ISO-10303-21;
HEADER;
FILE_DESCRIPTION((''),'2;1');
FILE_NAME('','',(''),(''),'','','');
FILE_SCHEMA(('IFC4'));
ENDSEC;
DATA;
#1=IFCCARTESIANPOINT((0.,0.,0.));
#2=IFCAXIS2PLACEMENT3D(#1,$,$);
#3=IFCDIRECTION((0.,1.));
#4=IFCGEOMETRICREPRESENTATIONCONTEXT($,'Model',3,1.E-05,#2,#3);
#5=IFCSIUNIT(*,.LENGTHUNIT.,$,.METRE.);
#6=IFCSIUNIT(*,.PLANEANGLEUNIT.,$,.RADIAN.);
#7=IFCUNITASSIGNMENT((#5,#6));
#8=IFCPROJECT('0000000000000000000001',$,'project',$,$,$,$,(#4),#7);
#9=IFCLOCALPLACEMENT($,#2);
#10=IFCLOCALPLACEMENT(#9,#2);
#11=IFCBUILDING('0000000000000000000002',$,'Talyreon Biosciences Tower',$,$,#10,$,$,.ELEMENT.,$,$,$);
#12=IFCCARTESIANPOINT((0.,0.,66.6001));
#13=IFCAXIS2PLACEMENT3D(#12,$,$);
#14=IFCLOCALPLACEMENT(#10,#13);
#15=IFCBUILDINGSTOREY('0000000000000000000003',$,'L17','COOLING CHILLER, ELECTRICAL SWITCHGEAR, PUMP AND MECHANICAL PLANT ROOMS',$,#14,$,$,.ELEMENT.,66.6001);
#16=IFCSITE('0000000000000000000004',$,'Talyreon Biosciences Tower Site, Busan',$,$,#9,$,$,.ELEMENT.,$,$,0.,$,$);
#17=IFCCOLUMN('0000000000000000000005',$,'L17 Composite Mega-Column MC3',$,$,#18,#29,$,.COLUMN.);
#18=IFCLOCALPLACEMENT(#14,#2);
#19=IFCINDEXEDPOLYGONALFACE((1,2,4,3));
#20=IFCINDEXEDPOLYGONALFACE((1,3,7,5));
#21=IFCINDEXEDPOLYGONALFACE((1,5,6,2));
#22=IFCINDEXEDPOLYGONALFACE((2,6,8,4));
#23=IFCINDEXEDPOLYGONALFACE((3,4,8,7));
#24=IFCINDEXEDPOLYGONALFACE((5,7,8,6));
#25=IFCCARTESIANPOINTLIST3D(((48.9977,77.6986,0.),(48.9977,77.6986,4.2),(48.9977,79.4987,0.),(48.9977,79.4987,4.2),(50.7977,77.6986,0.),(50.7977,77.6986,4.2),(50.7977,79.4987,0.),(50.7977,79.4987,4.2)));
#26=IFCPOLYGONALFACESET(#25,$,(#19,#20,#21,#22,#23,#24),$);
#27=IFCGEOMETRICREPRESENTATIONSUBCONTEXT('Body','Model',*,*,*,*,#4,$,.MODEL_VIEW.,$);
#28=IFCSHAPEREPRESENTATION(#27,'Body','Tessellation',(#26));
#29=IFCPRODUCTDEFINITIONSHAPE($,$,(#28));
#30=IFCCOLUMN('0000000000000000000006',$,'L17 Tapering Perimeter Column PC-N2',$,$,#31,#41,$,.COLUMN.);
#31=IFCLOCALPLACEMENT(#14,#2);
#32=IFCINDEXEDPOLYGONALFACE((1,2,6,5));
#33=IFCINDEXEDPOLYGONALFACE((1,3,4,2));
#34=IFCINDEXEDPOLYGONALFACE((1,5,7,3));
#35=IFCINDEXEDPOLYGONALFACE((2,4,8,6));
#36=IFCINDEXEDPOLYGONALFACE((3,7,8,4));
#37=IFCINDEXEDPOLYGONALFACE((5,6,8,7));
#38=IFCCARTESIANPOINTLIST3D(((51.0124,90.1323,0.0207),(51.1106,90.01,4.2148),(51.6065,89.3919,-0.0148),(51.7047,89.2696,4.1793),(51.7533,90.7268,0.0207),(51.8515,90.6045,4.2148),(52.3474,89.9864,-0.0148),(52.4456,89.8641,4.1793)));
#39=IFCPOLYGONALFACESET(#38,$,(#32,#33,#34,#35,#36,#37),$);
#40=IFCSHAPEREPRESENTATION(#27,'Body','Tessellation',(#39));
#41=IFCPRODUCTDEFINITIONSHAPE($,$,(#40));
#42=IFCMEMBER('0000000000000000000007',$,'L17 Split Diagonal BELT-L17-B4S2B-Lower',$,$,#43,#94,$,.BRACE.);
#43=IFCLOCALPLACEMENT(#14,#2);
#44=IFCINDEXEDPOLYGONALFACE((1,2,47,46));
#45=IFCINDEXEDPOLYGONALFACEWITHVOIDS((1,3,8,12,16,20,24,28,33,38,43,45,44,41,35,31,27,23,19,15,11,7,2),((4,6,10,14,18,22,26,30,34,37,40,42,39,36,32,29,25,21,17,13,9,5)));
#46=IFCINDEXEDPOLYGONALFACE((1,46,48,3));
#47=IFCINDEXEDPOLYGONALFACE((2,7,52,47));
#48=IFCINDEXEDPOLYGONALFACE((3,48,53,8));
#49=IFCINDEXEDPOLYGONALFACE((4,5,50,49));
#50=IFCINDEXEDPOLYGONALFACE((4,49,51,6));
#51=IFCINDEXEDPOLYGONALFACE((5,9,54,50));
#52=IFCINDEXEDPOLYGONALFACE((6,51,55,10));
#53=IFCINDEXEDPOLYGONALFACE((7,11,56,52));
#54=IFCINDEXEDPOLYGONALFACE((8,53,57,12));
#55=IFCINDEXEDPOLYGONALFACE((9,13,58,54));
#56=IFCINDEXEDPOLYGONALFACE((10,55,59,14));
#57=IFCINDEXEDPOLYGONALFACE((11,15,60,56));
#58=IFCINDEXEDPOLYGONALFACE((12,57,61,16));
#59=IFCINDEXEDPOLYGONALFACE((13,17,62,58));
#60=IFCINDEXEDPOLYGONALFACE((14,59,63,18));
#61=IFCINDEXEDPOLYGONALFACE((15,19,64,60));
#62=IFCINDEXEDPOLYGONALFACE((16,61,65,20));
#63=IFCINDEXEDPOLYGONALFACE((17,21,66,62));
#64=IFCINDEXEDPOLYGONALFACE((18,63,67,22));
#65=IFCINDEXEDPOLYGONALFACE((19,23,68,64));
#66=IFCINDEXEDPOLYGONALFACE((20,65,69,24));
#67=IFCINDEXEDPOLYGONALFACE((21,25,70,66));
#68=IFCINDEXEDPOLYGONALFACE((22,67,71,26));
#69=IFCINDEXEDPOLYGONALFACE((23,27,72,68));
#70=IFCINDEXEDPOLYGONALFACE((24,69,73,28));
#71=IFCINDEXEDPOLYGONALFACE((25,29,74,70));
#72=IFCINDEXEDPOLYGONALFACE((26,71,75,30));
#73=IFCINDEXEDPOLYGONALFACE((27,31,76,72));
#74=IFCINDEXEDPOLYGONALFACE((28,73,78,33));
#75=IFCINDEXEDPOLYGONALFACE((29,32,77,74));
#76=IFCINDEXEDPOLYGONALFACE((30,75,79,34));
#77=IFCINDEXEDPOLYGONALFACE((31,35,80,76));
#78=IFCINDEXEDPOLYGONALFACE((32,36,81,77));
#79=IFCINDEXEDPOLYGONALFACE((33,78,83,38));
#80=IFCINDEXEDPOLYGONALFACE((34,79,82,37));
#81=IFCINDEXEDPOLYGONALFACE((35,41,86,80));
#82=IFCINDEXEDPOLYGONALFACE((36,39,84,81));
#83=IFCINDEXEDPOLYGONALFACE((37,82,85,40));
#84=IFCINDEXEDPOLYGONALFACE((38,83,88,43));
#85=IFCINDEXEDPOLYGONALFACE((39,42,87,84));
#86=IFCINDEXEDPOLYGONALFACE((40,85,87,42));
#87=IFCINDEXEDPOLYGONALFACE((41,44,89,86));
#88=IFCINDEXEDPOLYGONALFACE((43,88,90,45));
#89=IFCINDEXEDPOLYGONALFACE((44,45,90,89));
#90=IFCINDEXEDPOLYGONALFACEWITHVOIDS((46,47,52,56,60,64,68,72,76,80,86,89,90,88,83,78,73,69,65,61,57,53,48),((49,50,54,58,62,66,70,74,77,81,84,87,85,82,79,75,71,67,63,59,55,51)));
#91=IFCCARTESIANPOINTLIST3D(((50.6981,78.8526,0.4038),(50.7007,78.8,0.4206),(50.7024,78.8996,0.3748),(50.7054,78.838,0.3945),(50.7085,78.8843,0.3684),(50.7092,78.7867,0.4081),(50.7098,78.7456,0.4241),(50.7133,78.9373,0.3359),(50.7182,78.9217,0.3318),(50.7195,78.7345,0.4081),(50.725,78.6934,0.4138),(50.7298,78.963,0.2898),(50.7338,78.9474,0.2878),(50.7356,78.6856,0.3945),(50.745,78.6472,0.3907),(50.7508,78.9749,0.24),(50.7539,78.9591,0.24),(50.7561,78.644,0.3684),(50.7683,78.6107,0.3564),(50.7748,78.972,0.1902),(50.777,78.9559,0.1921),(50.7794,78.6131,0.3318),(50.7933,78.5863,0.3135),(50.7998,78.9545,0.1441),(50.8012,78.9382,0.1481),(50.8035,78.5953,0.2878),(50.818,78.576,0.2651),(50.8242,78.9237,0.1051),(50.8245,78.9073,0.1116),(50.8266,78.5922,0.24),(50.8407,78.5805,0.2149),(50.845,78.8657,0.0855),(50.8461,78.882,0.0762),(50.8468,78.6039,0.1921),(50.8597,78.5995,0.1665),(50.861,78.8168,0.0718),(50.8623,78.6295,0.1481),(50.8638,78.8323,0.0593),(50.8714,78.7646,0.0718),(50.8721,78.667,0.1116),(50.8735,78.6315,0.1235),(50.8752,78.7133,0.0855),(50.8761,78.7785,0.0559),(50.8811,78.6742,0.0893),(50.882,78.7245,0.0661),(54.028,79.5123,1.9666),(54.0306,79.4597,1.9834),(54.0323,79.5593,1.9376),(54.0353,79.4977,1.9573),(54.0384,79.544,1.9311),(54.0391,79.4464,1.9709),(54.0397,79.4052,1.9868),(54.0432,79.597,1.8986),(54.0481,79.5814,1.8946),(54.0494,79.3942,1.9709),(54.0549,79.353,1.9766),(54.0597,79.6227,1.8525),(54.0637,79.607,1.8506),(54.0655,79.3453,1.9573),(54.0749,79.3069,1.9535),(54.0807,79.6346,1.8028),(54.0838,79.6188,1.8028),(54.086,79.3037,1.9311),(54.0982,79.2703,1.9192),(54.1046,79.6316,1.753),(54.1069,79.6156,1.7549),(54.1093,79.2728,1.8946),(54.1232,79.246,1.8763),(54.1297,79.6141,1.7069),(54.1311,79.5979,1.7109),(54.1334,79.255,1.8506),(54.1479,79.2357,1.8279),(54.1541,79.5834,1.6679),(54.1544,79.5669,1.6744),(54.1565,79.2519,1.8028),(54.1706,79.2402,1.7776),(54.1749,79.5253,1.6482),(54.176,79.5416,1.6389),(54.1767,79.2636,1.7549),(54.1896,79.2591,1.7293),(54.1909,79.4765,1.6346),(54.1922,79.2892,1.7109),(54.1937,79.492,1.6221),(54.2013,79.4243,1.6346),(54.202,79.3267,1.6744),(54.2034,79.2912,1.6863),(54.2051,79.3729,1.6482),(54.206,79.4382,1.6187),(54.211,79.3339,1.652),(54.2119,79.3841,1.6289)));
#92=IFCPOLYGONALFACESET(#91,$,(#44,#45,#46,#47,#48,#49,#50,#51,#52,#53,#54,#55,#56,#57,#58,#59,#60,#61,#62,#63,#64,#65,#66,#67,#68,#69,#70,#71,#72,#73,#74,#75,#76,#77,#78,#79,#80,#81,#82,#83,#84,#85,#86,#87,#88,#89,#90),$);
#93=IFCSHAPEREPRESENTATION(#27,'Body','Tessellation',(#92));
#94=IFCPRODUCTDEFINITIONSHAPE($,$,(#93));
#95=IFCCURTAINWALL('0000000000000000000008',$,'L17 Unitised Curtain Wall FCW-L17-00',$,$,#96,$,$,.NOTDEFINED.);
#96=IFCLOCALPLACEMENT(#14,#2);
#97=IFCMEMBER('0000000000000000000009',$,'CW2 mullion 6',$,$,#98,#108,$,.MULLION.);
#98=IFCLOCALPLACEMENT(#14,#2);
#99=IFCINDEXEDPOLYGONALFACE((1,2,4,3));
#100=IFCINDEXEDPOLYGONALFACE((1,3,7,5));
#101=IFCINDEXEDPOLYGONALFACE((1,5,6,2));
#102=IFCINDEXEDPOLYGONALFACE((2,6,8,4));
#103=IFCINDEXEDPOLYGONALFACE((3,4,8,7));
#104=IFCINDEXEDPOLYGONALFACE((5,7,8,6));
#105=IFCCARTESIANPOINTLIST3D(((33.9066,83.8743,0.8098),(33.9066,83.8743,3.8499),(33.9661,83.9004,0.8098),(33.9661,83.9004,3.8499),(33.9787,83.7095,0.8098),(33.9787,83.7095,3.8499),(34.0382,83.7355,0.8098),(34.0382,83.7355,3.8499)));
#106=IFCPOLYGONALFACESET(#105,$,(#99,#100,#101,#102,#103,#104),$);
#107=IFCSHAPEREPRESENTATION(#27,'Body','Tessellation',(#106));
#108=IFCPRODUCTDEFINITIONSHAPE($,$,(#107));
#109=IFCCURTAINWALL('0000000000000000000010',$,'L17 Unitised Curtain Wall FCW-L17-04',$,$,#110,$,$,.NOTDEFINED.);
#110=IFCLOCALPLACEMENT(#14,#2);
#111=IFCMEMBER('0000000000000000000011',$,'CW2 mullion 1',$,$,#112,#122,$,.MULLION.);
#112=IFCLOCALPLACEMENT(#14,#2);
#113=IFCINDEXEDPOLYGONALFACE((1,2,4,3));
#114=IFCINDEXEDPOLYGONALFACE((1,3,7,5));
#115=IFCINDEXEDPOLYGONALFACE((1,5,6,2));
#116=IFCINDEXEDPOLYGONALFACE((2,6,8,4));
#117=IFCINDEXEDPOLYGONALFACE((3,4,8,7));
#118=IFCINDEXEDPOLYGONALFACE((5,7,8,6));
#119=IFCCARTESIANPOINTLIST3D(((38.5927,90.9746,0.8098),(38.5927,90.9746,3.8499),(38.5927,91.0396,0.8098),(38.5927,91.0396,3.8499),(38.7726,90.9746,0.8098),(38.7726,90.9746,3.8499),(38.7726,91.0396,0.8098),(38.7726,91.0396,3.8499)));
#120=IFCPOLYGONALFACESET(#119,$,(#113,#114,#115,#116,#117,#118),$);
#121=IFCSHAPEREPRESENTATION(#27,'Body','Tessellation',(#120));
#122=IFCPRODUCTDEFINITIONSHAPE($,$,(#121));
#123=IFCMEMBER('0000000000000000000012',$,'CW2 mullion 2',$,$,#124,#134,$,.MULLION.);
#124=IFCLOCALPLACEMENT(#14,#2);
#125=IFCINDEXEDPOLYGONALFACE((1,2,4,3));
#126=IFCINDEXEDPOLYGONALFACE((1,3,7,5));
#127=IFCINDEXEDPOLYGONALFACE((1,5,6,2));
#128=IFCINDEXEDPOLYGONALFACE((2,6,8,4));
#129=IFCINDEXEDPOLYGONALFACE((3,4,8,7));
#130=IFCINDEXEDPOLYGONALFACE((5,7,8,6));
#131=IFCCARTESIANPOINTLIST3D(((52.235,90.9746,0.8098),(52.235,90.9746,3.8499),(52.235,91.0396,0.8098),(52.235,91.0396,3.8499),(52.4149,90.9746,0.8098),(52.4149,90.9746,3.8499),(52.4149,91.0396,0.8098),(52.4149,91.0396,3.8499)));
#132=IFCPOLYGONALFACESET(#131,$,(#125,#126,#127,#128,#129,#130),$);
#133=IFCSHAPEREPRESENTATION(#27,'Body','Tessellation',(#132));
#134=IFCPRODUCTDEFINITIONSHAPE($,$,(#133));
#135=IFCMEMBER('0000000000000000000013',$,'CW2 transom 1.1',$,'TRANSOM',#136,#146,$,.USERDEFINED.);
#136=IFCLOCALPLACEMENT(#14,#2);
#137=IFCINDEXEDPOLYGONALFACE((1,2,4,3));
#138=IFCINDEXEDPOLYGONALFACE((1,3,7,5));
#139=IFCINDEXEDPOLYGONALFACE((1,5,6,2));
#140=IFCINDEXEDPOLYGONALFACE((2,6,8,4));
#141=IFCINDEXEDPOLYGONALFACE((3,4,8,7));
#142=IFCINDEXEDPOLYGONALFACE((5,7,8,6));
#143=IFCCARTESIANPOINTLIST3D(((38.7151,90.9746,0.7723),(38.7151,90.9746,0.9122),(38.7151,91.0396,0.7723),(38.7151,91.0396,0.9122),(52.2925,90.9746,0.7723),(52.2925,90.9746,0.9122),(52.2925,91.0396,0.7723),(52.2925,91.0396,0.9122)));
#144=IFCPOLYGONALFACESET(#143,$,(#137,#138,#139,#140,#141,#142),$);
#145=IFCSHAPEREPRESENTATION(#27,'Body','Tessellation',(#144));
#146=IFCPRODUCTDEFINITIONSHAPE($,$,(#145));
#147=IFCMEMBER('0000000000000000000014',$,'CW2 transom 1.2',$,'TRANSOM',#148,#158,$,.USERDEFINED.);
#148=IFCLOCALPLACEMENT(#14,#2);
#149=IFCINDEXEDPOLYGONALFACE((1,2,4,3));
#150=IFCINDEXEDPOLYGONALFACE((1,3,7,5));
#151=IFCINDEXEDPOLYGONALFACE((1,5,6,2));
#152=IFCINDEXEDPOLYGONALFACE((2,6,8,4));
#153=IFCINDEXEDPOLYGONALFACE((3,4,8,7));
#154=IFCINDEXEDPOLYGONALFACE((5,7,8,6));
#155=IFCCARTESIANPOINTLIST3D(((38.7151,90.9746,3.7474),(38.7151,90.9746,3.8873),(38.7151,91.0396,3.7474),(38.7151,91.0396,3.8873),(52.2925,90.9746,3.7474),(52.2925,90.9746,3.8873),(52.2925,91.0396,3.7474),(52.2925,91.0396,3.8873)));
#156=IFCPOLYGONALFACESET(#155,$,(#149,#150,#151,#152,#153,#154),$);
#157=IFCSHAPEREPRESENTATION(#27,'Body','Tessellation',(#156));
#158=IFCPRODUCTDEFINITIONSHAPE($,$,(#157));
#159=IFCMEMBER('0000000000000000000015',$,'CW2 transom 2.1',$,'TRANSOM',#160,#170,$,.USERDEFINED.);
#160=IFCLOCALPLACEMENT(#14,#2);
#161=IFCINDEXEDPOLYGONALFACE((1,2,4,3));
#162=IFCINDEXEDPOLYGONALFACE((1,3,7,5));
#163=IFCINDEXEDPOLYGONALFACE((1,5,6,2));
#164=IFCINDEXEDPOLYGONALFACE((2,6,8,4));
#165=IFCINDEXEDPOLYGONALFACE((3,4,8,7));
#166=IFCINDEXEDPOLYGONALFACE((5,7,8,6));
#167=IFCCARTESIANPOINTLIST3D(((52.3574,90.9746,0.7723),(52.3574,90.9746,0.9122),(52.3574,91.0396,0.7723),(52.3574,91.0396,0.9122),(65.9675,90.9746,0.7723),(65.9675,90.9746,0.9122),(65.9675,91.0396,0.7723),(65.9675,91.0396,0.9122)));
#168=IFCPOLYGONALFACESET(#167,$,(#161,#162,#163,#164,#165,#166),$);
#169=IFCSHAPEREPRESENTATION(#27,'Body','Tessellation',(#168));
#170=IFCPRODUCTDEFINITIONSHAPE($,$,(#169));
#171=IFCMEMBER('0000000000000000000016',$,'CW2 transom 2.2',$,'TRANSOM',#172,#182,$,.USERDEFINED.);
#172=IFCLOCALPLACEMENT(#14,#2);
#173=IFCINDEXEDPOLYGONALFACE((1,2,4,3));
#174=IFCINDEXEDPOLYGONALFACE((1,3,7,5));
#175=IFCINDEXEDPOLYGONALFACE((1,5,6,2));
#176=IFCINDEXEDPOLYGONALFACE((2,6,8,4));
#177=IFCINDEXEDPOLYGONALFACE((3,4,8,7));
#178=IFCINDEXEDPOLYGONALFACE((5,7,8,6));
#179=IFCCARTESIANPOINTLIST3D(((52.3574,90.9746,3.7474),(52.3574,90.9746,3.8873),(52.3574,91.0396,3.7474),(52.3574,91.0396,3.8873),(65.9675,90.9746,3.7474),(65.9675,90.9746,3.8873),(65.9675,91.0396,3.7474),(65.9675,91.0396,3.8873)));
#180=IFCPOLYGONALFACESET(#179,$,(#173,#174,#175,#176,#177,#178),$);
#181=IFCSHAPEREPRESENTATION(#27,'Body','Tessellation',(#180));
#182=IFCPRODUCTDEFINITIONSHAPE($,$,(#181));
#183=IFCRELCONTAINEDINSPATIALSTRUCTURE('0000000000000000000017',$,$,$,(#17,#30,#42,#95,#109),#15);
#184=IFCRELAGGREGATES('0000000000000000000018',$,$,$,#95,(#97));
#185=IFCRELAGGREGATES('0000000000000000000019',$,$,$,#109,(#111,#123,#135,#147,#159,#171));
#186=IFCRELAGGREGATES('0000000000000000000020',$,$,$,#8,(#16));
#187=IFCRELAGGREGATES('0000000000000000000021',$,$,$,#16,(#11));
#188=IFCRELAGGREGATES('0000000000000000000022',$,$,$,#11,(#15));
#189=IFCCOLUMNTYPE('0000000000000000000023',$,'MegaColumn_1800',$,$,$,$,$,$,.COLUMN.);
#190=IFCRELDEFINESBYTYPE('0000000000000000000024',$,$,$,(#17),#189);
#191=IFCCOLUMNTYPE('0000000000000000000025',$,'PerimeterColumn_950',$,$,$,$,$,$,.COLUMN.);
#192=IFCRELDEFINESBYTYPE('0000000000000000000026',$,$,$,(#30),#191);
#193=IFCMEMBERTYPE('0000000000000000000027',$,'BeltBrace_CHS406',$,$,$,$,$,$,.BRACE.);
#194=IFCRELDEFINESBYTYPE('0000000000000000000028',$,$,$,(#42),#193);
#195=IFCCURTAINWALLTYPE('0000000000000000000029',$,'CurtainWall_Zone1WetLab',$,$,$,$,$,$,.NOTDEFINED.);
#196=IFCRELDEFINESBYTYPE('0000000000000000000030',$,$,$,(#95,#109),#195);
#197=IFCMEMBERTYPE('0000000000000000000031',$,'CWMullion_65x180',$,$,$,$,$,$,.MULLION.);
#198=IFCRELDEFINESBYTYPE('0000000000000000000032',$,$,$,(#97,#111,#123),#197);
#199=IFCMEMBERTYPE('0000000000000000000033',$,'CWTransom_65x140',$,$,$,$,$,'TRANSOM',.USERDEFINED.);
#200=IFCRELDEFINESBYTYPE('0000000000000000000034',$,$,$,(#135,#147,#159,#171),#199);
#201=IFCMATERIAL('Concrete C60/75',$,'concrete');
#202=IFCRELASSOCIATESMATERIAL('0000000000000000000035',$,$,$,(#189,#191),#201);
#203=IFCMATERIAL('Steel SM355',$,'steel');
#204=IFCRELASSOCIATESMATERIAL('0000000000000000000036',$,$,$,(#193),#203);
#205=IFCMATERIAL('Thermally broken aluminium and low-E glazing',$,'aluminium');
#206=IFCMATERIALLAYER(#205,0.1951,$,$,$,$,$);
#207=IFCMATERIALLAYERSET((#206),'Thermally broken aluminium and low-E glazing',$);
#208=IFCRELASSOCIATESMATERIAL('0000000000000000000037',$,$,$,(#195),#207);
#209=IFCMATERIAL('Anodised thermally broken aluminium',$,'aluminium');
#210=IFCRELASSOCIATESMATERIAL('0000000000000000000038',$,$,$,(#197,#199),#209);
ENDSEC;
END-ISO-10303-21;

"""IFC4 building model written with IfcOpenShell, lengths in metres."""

from ifc_helpers import new_model, si_unit, direction, frame, origin, origin_2d, place, context, subcontext, project, spatial, rectangle, hollow_circle, extrude, material, layer, layer_set, material_profile, profile_set, type_object, element, aggregate, save


model = new_model("IFC4")

# Units and contexts
model_context = context("Model", 3, precision=1e-05, world=origin(), true_north=direction((0.0, 1.0)))
body_context = subcontext(model_context, "Body", "Model", "MODEL_VIEW")
ifc_project = project(units=[si_unit("LENGTHUNIT", "METRE"), si_unit("PLANEANGLEUNIT", "RADIAN")], contexts=[model_context])

# Site, building, storey
site_placement = place(None, origin())
site = spatial("IfcSite", under=ifc_project, at=site_placement, Name="Talyreon Biosciences Tower Site, Busan", CompositionType="ELEMENT", RefElevation=0.0)
building_placement = place(site_placement, origin())
building = spatial("IfcBuilding", under=site, at=building_placement, Name="Talyreon Biosciences Tower", CompositionType="ELEMENT")
storey_placement = place(building_placement, frame((0.0, 0.0, 66.6001)))
storey = spatial("IfcBuildingStorey", under=building, at=storey_placement, Name="L17", Description="COOLING CHILLER, ELECTRICAL SWITCHGEAR, PUMP AND MECHANICAL PLANT ROOMS", CompositionType="ELEMENT", Elevation=66.6001)

# Columns
ifc_material_1 = material(Name="Concrete C60/75", Category="concrete")
ifc_material_profile_1 = material_profile(ifc_material_1, rectangle(XDim=1.8, YDim=1.8, at=origin_2d()), Name="RC 1800x1800")
ifc_profile_set_1 = profile_set([ifc_material_profile_1], Name="Concrete C60/75")
column_type_1 = type_object("IfcColumnType", Name="MegaColumn_1800", PredefinedType="COLUMN", material=ifc_profile_set_1)
column_1_placement = place(storey_placement, frame((49.8977, 78.5986, 0.0), z_axis=(0.0, 0.0, 1.0), x_axis=(1.0, 0.0, 0.0)))
element("IfcColumn", 1, at=column_1_placement, inside=storey, type_object=column_type_1, Name="L17 Composite Mega-Column MC3", PredefinedType="COLUMN", context=body_context, shape_type="SweptSolid", body=[
    extrude(rectangle(XDim=1.8, YDim=1.8, at=origin_2d()), origin(), (0.0, 0.0, 1.0), 4.2),
])
ifc_material_profile_2 = material_profile(ifc_material_1, rectangle(XDim=0.95, YDim=0.95, at=origin_2d()), Name="RC 950x950")
ifc_profile_set_2 = profile_set([ifc_material_profile_2], Name="Concrete C60/75")
column_type_2 = type_object("IfcColumnType", Name="PerimeterColumn_950", PredefinedType="COLUMN", material=ifc_profile_set_2)
column_2_placement = place(storey_placement, frame((51.6799, 90.0593, 0.0029), z_axis=(0.023384, -0.029143, 0.999302), x_axis=(-0.779957, -0.625834, 0.0)))
element("IfcColumn", 2, at=column_2_placement, inside=storey, type_object=column_type_2, Name="L17 Tapering Perimeter Column PC-N2", PredefinedType="COLUMN", context=body_context, shape_type="SweptSolid", body=[
    extrude(rectangle(XDim=0.95, YDim=0.95, at=origin_2d()), origin(), (0.0, 0.0, 1.0), 4.197),
])

# Member
ifc_material_2 = material(Name="Steel SM355", Category="steel")
ifc_material_profile_3 = material_profile(ifc_material_2, hollow_circle(Radius=0.2031, WallThickness=0.0161, at=origin_2d()), Name="CHS 406.4x16")
ifc_profile_set_3 = profile_set([ifc_material_profile_3], Name="Steel SM355")
member_type_1 = type_object("IfcMemberType", Name="BeltBrace_CHS406", PredefinedType="BRACE", material=ifc_profile_set_3)
member_1_placement = place(storey_placement, frame((50.7903, 78.7756, 0.24), z_axis=(0.891046, 0.176524, 0.418182), x_axis=(-0.194332, 0.980936, 0.0)))
element("IfcMember", 3, at=member_1_placement, inside=storey, type_object=member_type_1, Name="L17 Split Diagonal BELT-L17-B4S2B-Lower", PredefinedType="BRACE", context=body_context, shape_type="SweptSolid", body=[
    extrude(hollow_circle(Radius=0.2031, WallThickness=0.0161, at=origin_2d()), origin(), (0.0, 0.0, 1.0), 3.7371),
])

# Curtain wall, member
ifc_material_3 = material(Name="Thermally broken aluminium and low-E glazing", Category="aluminium")
ifc_layer_1 = layer(ifc_material_3, 0.1951)
ifc_layer_set_1 = layer_set([ifc_layer_1], Name="Thermally broken aluminium and low-E glazing")
curtain_wall_type = type_object("IfcCurtainWallType", Name="CurtainWall_Zone1WetLab", PredefinedType="NOTDEFINED", material=ifc_layer_set_1)
curtain_wall_1_placement = place(storey_placement, origin())
curtain_wall_1 = element("IfcCurtainWall", 4, at=curtain_wall_1_placement, inside=storey, type_object=curtain_wall_type, Name="L17 Unitised Curtain Wall FCW-L17-00", PredefinedType="NOTDEFINED")
ifc_material_4 = material(Name="Anodised thermally broken aluminium", Category="aluminium")
ifc_material_profile_4 = material_profile(ifc_material_4, rectangle(XDim=0.0649, YDim=0.1799, at=origin_2d()), Name="ALUM MULLION 65x180")
ifc_profile_set_4 = profile_set([ifc_material_profile_4], Name="Anodised thermally broken aluminium")
member_type_2 = type_object("IfcMemberType", Name="CWMullion_65x180", PredefinedType="MULLION", material=ifc_profile_set_4)
member_2_placement = place(storey_placement, frame((33.9724, 83.8049, 0.8098), z_axis=(0.0, 0.0, 1.0), x_axis=(-0.916152, -0.400831, 0.0)))
member_2 = element("IfcMember", 5, at=member_2_placement, type_object=member_type_2, Name="CW2 mullion 6", PredefinedType="MULLION", context=body_context, shape_type="SweptSolid", body=[
    extrude(rectangle(XDim=0.0649, YDim=0.1799, at=origin_2d()), origin(), (0.0, 0.0, 1.0), 3.04),
])
aggregate(curtain_wall_1, [member_2])

# Curtain wall, members
curtain_wall_2_placement = place(storey_placement, origin())
curtain_wall_2 = element("IfcCurtainWall", 6, at=curtain_wall_2_placement, inside=storey, type_object=curtain_wall_type, Name="L17 Unitised Curtain Wall FCW-L17-04", PredefinedType="NOTDEFINED")
member_3_placement = place(storey_placement, frame((38.6826, 91.0071, 0.8098), z_axis=(0.0, 0.0, 1.0), x_axis=(0.0, 1.0, 0.0)))
member_3 = element("IfcMember", 7, at=member_3_placement, type_object=member_type_2, Name="CW2 mullion 1", PredefinedType="MULLION", context=body_context, shape_type="SweptSolid", body=[
    extrude(rectangle(XDim=0.0649, YDim=0.1799, at=origin_2d()), origin(), (0.0, 0.0, 1.0), 3.04),
])
member_4_placement = place(storey_placement, frame((52.325, 91.0071, 0.8098), z_axis=(0.0, 0.0, 1.0), x_axis=(0.0, 1.0, 0.0)))
member_4 = element("IfcMember", 8, at=member_4_placement, type_object=member_type_2, Name="CW2 mullion 2", PredefinedType="MULLION", context=body_context, shape_type="SweptSolid", body=[
    extrude(rectangle(XDim=0.0649, YDim=0.1799, at=origin_2d()), origin(), (0.0, 0.0, 1.0), 3.04),
])
ifc_material_profile_5 = material_profile(ifc_material_4, rectangle(XDim=0.0649, YDim=0.1399, at=origin_2d()), Name="ALUM TRANSOM 65x140")
ifc_profile_set_5 = profile_set([ifc_material_profile_5], Name="Anodised thermally broken aluminium")
member_type_3 = type_object("IfcMemberType", Name="CWTransom_65x140", ElementType="TRANSOM", PredefinedType="USERDEFINED", material=ifc_profile_set_5)
member_5_placement = place(storey_placement, frame((38.7151, 91.0071, 0.8423), z_axis=(1.0, 0.0, 0.0), x_axis=(0.0, 1.0, 0.0)))
member_5 = element("IfcMember", 9, at=member_5_placement, type_object=member_type_3, Name="CW2 transom 1.1", ObjectType="TRANSOM", PredefinedType="USERDEFINED", context=body_context, shape_type="SweptSolid", body=[
    extrude(rectangle(XDim=0.0649, YDim=0.1399, at=origin_2d()), origin(), (0.0, 0.0, 1.0), 13.5774),
])
member_6_placement = place(storey_placement, frame((38.7151, 91.0071, 3.8174), z_axis=(1.0, 0.0, 0.0), x_axis=(0.0, 1.0, 0.0)))
member_6 = element("IfcMember", 10, at=member_6_placement, type_object=member_type_3, Name="CW2 transom 1.2", ObjectType="TRANSOM", PredefinedType="USERDEFINED", context=body_context, shape_type="SweptSolid", body=[
    extrude(rectangle(XDim=0.0649, YDim=0.1399, at=origin_2d()), origin(), (0.0, 0.0, 1.0), 13.5774),
])
member_7_placement = place(storey_placement, frame((52.3574, 91.0071, 0.8423), z_axis=(1.0, 0.0, 0.0), x_axis=(0.0, 1.0, 0.0)))
member_7 = element("IfcMember", 11, at=member_7_placement, type_object=member_type_3, Name="CW2 transom 2.1", ObjectType="TRANSOM", PredefinedType="USERDEFINED", context=body_context, shape_type="SweptSolid", body=[
    extrude(rectangle(XDim=0.0649, YDim=0.1399, at=origin_2d()), origin(), (0.0, 0.0, 1.0), 13.6101),
])
member_8_placement = place(storey_placement, frame((52.3574, 91.0071, 3.8174), z_axis=(1.0, 0.0, 0.0), x_axis=(0.0, 1.0, 0.0)))
member_8 = element("IfcMember", 12, at=member_8_placement, type_object=member_type_3, Name="CW2 transom 2.2", ObjectType="TRANSOM", PredefinedType="USERDEFINED", context=body_context, shape_type="SweptSolid", body=[
    extrude(rectangle(XDim=0.0649, YDim=0.1399, at=origin_2d()), origin(), (0.0, 0.0, 1.0), 13.6101),
])

aggregate(curtain_wall_2, [member_3, member_4, member_5, member_6, member_7, member_8])

save(model, "model.ifc")
